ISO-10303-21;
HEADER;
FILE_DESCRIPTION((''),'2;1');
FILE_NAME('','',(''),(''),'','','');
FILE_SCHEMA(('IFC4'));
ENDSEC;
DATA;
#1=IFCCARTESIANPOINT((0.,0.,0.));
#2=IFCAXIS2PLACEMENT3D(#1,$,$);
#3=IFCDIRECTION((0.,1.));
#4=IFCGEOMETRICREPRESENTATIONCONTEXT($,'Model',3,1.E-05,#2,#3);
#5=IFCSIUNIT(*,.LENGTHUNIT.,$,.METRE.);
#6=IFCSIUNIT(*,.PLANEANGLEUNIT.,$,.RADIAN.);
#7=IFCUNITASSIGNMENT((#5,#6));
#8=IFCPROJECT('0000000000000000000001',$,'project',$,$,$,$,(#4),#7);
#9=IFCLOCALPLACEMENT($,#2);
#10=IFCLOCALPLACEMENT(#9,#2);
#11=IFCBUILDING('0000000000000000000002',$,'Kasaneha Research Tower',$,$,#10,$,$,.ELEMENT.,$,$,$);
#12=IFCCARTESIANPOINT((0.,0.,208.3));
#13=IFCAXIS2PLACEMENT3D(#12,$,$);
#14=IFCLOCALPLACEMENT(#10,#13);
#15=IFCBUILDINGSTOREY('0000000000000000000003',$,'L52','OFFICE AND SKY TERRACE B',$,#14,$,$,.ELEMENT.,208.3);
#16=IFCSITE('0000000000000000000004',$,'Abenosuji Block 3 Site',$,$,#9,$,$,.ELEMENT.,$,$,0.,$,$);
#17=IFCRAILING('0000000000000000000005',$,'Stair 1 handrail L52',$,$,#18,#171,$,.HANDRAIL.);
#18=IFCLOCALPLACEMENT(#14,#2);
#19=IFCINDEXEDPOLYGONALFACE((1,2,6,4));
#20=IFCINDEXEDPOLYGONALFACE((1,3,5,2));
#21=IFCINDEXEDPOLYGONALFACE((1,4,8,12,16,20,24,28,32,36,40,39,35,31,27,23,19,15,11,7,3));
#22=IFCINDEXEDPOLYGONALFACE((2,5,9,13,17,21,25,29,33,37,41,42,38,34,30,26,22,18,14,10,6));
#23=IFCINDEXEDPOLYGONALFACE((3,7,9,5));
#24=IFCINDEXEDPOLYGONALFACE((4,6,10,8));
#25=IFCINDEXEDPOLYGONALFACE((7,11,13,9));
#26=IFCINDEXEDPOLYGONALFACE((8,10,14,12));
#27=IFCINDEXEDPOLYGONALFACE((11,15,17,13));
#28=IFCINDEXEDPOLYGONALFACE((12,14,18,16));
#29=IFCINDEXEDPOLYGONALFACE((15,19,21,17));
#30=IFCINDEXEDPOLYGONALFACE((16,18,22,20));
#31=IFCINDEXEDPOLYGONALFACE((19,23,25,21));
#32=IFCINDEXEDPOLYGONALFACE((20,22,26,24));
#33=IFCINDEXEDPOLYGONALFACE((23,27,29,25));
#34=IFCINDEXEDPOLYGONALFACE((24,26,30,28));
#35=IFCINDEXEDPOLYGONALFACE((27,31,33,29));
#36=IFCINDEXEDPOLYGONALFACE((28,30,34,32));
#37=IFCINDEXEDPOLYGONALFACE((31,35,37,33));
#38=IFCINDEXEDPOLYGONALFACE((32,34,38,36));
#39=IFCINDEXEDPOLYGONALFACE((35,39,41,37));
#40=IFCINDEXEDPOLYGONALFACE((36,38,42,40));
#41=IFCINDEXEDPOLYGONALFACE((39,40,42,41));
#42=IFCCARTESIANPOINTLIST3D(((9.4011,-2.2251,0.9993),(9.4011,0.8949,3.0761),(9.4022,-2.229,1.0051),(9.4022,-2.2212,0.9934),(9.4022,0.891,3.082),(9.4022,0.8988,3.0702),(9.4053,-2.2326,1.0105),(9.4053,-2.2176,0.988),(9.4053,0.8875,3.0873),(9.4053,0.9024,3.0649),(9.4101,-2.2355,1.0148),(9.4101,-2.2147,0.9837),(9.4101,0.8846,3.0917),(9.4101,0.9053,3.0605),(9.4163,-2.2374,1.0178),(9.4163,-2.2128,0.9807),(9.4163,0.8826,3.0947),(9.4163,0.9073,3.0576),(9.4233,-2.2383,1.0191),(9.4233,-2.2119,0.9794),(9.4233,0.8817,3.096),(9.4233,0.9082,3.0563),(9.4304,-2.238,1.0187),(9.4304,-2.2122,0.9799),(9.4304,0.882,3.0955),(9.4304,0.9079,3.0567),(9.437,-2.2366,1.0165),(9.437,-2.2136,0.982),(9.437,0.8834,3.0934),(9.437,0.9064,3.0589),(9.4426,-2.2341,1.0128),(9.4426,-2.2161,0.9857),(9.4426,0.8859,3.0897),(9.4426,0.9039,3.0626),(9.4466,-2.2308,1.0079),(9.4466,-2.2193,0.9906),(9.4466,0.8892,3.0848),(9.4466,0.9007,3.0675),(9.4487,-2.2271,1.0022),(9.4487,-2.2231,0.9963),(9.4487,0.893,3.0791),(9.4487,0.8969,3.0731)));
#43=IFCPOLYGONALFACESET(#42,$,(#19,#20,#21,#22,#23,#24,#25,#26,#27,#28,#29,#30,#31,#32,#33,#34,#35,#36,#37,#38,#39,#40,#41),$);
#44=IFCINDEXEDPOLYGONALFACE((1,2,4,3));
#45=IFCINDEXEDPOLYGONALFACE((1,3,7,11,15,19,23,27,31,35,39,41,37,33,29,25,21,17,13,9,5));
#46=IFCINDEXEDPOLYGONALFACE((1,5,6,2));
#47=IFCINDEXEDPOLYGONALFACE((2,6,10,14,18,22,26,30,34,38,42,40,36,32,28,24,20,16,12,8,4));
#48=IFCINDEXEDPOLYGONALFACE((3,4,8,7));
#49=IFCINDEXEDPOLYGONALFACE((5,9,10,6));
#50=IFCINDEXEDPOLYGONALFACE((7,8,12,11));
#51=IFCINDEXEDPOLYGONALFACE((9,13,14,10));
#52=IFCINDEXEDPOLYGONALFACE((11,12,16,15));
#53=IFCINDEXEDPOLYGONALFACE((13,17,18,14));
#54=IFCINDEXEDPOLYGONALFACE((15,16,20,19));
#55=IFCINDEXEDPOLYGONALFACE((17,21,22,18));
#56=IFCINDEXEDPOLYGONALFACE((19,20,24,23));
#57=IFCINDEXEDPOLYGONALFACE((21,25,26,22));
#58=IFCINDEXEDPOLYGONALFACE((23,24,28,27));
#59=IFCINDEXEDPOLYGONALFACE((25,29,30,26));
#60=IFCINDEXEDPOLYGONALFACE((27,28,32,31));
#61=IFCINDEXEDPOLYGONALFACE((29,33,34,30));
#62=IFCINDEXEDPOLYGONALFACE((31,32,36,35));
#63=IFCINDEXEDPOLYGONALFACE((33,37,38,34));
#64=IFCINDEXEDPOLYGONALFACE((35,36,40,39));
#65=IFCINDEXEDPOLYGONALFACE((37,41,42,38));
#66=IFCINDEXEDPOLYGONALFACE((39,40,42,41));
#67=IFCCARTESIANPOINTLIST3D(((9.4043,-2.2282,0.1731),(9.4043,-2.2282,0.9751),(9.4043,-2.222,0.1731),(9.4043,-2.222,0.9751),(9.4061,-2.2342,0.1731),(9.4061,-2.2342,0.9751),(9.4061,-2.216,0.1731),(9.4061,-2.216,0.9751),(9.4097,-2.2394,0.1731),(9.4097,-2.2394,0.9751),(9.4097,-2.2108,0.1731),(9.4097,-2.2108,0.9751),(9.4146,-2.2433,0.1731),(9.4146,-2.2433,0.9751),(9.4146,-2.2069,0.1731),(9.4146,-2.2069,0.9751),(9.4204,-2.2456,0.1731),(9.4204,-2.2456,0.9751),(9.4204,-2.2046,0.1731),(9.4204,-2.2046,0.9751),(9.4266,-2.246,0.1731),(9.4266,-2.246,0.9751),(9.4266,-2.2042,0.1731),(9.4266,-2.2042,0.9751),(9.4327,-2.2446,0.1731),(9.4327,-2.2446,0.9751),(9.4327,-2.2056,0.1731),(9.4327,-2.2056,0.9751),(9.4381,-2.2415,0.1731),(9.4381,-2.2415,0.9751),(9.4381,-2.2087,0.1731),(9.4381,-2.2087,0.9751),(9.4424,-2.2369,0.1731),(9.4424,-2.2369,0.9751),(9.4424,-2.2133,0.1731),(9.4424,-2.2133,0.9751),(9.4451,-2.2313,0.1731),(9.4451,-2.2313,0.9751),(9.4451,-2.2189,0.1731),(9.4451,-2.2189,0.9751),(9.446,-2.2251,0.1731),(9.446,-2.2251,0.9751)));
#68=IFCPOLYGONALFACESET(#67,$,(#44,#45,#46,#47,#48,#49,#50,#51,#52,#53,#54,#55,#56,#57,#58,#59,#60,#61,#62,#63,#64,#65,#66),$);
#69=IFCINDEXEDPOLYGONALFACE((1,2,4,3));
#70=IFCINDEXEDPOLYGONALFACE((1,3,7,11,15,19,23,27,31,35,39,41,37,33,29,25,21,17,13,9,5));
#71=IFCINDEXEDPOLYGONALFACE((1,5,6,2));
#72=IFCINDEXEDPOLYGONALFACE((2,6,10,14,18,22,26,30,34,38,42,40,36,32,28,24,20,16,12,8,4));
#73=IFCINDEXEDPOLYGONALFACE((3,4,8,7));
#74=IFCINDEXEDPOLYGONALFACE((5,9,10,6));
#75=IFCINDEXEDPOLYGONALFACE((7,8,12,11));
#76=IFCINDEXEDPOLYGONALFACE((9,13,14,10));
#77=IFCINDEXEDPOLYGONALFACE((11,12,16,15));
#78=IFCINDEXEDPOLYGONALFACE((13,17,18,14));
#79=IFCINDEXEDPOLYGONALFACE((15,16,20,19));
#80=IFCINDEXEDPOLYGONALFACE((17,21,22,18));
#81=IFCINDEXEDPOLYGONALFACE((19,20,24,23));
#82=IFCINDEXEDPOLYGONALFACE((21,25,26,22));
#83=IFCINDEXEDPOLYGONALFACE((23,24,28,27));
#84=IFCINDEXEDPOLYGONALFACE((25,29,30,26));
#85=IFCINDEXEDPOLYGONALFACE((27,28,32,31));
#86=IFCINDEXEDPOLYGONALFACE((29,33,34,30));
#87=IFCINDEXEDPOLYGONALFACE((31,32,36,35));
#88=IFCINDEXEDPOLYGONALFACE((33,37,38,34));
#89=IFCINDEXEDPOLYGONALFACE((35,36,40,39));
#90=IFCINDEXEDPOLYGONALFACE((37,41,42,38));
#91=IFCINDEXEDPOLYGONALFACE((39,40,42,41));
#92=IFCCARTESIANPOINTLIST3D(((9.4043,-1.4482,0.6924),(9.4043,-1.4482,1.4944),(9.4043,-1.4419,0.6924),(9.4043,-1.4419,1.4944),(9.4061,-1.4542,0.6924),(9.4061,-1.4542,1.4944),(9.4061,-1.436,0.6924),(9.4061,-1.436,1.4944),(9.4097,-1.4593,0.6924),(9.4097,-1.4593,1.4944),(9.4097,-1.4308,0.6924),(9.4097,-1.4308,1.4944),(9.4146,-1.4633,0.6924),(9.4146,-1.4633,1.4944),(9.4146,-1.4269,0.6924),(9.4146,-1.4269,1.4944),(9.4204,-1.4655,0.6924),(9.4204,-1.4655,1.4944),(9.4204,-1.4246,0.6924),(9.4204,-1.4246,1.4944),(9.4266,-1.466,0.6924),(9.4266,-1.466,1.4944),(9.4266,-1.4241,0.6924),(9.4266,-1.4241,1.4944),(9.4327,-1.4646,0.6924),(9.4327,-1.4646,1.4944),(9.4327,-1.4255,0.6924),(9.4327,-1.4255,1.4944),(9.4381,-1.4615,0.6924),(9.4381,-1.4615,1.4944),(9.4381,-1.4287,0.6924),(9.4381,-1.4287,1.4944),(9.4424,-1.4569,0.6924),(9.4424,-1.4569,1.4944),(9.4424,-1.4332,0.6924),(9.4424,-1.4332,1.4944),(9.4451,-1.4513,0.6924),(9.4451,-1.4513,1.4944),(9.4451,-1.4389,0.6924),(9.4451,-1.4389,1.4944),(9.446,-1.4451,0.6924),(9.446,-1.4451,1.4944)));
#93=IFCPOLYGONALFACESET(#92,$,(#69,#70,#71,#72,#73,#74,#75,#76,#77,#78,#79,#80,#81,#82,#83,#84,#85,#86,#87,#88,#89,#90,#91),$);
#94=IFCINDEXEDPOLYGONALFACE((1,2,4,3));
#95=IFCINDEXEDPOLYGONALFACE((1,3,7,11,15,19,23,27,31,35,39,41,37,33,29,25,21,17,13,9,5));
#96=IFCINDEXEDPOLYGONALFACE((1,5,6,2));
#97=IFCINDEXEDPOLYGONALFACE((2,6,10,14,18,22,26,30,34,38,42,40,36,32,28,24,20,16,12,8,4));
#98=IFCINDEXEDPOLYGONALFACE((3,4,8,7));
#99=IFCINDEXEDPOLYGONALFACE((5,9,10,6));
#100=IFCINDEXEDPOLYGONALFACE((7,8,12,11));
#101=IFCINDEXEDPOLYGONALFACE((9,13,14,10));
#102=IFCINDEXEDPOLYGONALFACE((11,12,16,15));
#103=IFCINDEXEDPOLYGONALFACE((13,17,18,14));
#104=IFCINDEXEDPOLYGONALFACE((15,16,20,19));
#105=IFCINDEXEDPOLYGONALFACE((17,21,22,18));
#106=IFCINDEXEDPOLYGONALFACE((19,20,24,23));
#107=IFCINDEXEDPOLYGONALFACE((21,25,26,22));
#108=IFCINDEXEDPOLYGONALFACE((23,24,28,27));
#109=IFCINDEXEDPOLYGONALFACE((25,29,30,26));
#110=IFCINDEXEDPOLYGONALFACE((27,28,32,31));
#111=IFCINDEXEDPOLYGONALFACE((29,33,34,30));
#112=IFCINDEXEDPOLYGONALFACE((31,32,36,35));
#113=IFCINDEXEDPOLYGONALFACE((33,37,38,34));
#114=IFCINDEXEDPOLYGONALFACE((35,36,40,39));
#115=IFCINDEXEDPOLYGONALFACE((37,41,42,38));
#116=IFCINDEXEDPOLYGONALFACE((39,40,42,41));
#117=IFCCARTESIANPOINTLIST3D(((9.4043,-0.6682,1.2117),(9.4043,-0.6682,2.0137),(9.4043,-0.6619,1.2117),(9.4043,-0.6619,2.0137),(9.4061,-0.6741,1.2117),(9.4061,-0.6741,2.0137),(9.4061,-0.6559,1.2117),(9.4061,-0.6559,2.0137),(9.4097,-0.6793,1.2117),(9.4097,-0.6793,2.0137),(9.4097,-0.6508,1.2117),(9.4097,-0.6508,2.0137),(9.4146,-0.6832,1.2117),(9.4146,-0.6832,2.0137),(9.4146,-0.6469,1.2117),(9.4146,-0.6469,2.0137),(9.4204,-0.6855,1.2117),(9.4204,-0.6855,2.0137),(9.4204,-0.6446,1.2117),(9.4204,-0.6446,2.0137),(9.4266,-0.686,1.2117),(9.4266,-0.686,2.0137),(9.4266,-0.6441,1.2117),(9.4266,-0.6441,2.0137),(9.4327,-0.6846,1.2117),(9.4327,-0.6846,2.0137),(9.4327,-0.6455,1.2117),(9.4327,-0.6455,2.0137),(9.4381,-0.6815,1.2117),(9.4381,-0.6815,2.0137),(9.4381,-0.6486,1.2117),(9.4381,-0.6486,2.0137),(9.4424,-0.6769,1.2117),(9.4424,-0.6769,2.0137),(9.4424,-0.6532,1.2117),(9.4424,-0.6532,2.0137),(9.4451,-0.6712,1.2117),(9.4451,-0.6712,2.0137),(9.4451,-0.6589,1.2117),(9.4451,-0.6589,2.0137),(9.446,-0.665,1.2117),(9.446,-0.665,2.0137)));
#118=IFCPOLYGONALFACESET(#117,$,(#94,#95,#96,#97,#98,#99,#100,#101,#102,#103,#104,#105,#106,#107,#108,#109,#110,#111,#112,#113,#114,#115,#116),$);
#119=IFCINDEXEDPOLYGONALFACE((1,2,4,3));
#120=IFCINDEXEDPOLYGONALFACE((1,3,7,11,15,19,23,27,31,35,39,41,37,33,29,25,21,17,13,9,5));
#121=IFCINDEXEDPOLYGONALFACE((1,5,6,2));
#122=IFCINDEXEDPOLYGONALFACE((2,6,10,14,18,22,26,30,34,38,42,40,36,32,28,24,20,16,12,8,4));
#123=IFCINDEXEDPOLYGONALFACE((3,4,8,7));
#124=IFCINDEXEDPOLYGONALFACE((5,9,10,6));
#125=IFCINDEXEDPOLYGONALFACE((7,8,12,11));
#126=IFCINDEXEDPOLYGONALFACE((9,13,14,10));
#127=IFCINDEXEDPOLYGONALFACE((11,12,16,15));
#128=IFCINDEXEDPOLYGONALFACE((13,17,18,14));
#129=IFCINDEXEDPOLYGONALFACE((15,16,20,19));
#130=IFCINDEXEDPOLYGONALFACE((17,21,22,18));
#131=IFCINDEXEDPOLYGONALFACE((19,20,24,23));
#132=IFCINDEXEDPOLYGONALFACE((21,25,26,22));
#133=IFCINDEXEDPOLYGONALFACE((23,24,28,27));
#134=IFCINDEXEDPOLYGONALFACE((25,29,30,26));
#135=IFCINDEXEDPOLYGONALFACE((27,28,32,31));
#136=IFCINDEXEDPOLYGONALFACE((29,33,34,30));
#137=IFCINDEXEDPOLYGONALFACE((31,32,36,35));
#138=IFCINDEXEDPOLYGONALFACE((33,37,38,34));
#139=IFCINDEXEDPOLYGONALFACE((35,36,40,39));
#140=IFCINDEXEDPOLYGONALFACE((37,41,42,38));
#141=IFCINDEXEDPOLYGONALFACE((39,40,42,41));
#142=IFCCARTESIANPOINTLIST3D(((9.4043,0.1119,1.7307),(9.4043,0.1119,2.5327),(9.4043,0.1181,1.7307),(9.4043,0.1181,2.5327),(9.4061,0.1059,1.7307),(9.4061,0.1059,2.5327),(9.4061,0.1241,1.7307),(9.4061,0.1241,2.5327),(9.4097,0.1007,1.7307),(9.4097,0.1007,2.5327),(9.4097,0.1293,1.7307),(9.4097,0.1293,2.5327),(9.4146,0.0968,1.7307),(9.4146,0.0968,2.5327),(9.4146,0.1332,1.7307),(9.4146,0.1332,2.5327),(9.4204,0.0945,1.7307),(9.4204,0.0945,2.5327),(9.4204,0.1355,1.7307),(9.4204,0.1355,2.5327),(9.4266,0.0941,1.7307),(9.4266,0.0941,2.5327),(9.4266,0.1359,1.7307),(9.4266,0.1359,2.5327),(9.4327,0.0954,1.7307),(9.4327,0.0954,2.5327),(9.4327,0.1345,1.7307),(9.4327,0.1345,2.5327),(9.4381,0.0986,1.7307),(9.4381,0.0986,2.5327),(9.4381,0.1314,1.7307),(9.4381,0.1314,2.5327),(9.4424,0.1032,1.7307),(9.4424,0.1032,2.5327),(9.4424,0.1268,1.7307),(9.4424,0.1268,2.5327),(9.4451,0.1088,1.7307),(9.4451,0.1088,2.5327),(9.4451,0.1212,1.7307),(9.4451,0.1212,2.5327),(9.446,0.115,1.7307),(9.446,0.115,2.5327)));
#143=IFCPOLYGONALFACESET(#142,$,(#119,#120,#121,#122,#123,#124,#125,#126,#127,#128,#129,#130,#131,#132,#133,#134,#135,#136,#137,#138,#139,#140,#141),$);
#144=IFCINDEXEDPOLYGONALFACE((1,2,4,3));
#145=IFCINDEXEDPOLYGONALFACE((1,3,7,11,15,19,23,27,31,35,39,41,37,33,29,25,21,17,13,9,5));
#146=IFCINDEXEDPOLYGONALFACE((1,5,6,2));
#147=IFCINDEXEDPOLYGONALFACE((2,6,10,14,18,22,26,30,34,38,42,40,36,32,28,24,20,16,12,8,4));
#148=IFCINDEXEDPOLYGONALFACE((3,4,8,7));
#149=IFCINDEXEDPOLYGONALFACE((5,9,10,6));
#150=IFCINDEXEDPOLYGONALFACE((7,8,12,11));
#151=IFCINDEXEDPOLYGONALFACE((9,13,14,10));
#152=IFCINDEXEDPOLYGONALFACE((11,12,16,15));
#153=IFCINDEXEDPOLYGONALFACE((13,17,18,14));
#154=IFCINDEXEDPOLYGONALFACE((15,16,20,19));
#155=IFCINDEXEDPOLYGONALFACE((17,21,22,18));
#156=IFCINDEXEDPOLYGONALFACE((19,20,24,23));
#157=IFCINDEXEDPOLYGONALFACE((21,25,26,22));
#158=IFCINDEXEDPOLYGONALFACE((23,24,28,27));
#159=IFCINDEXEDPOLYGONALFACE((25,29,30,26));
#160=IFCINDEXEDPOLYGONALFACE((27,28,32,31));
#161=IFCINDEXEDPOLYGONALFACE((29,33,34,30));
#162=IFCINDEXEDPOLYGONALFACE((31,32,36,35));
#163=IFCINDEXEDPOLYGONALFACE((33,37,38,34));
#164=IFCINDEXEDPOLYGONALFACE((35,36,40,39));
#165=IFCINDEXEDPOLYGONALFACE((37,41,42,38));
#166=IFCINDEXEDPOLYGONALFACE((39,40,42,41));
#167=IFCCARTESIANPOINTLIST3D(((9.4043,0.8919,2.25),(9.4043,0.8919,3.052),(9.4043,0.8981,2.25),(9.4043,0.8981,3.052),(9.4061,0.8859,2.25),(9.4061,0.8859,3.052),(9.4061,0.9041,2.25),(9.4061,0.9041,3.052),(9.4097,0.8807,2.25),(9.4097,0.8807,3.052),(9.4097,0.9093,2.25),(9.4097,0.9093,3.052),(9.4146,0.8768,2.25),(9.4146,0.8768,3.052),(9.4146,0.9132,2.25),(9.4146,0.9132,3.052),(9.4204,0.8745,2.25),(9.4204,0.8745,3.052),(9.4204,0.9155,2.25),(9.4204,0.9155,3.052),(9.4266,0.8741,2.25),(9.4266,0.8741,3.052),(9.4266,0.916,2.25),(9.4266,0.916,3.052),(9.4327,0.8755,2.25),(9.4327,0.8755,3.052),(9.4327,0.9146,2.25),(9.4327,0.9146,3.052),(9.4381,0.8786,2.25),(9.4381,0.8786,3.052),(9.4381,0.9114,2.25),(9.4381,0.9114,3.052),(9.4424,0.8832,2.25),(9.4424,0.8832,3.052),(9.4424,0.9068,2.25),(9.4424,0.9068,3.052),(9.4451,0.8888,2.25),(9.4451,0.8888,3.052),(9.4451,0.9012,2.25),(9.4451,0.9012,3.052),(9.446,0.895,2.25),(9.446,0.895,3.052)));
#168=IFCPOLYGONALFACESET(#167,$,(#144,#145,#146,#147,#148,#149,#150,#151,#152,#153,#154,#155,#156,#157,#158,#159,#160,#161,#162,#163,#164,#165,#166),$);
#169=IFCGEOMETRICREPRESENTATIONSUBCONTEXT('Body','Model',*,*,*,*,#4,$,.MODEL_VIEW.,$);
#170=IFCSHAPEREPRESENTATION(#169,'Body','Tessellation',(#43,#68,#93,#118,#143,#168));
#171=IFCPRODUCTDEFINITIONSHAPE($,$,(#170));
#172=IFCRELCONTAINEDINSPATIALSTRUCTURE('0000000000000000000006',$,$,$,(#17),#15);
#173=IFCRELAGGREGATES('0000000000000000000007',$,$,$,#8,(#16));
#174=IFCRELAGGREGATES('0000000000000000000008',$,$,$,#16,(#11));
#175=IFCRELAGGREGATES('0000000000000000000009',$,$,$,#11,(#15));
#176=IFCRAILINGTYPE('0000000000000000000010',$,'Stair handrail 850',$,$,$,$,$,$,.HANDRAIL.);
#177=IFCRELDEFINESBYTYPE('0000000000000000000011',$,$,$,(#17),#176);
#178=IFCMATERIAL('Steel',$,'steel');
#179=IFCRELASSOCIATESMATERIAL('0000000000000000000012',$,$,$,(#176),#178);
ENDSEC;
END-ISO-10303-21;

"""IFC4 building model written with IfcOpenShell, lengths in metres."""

from ifc_helpers import new_model, si_unit, direction, frame, origin, origin_2d, place, context, subcontext, project, spatial, circle, extrude, material, type_object, element, save


model = new_model("IFC4")

# Units and contexts
model_context = context("Model", 3, precision=1e-05, world=origin(), true_north=direction((0.0, 1.0)))
body_context = subcontext(model_context, "Body", "Model", "MODEL_VIEW")
ifc_project = project(units=[si_unit("LENGTHUNIT", "METRE"), si_unit("PLANEANGLEUNIT", "RADIAN")], contexts=[model_context])

# Site, building, storey
site_placement = place(None, origin())
site = spatial("IfcSite", under=ifc_project, at=site_placement, Name="Abenosuji Block 3 Site", CompositionType="ELEMENT", RefElevation=0.0)
building_placement = place(site_placement, origin())
building = spatial("IfcBuilding", under=site, at=building_placement, Name="Kasaneha Research Tower", CompositionType="ELEMENT")
storey_placement = place(building_placement, frame((0.0, 0.0, 208.3)))
storey = spatial("IfcBuildingStorey", under=building, at=storey_placement, Name="L52", Description="OFFICE AND SKY TERRACE B", CompositionType="ELEMENT", Elevation=208.3)

# Railing
ifc_material_1 = material(Name="Steel", Category="steel")
railing_type_1 = type_object("IfcRailingType", Name="Stair handrail 850", PredefinedType="HANDRAIL", material=ifc_material_1)
railing_1_placement = place(storey_placement, frame((9.425, -2.2251, 0.1731)))
element("IfcRailing", 1, at=railing_1_placement, inside=storey, type_object=railing_type_1, Name="Stair 1 handrail L52", PredefinedType="HANDRAIL", context=body_context, shape_type="SweptSolid", body=[
    extrude(circle(Radius=0.0239, at=origin_2d()), frame((0.0, 0.0, 0.8262), z_axis=(0.0, 0.832441, 0.554114), x_axis=(-1.0, 0.0, 0.0)), (0.0, 0.0, 1.0), 3.748),
    extrude(circle(Radius=0.021, at=origin_2d()), origin(), (0.0, 0.0, 1.0), 0.802),
    extrude(circle(Radius=0.021, at=origin_2d()), frame((0.0, 0.78, 0.5193)), (0.0, 0.0, 1.0), 0.802),
    extrude(circle(Radius=0.021, at=origin_2d()), frame((0.0, 1.5601, 1.0386)), (0.0, 0.0, 1.0), 0.802),
    extrude(circle(Radius=0.021, at=origin_2d()), frame((0.0, 2.3401, 1.5576)), (0.0, 0.0, 1.0), 0.802),
    extrude(circle(Radius=0.021, at=origin_2d()), frame((0.0, 3.1201, 2.0769)), (0.0, 0.0, 1.0), 0.802),
])

save(model, "model.ifc")
